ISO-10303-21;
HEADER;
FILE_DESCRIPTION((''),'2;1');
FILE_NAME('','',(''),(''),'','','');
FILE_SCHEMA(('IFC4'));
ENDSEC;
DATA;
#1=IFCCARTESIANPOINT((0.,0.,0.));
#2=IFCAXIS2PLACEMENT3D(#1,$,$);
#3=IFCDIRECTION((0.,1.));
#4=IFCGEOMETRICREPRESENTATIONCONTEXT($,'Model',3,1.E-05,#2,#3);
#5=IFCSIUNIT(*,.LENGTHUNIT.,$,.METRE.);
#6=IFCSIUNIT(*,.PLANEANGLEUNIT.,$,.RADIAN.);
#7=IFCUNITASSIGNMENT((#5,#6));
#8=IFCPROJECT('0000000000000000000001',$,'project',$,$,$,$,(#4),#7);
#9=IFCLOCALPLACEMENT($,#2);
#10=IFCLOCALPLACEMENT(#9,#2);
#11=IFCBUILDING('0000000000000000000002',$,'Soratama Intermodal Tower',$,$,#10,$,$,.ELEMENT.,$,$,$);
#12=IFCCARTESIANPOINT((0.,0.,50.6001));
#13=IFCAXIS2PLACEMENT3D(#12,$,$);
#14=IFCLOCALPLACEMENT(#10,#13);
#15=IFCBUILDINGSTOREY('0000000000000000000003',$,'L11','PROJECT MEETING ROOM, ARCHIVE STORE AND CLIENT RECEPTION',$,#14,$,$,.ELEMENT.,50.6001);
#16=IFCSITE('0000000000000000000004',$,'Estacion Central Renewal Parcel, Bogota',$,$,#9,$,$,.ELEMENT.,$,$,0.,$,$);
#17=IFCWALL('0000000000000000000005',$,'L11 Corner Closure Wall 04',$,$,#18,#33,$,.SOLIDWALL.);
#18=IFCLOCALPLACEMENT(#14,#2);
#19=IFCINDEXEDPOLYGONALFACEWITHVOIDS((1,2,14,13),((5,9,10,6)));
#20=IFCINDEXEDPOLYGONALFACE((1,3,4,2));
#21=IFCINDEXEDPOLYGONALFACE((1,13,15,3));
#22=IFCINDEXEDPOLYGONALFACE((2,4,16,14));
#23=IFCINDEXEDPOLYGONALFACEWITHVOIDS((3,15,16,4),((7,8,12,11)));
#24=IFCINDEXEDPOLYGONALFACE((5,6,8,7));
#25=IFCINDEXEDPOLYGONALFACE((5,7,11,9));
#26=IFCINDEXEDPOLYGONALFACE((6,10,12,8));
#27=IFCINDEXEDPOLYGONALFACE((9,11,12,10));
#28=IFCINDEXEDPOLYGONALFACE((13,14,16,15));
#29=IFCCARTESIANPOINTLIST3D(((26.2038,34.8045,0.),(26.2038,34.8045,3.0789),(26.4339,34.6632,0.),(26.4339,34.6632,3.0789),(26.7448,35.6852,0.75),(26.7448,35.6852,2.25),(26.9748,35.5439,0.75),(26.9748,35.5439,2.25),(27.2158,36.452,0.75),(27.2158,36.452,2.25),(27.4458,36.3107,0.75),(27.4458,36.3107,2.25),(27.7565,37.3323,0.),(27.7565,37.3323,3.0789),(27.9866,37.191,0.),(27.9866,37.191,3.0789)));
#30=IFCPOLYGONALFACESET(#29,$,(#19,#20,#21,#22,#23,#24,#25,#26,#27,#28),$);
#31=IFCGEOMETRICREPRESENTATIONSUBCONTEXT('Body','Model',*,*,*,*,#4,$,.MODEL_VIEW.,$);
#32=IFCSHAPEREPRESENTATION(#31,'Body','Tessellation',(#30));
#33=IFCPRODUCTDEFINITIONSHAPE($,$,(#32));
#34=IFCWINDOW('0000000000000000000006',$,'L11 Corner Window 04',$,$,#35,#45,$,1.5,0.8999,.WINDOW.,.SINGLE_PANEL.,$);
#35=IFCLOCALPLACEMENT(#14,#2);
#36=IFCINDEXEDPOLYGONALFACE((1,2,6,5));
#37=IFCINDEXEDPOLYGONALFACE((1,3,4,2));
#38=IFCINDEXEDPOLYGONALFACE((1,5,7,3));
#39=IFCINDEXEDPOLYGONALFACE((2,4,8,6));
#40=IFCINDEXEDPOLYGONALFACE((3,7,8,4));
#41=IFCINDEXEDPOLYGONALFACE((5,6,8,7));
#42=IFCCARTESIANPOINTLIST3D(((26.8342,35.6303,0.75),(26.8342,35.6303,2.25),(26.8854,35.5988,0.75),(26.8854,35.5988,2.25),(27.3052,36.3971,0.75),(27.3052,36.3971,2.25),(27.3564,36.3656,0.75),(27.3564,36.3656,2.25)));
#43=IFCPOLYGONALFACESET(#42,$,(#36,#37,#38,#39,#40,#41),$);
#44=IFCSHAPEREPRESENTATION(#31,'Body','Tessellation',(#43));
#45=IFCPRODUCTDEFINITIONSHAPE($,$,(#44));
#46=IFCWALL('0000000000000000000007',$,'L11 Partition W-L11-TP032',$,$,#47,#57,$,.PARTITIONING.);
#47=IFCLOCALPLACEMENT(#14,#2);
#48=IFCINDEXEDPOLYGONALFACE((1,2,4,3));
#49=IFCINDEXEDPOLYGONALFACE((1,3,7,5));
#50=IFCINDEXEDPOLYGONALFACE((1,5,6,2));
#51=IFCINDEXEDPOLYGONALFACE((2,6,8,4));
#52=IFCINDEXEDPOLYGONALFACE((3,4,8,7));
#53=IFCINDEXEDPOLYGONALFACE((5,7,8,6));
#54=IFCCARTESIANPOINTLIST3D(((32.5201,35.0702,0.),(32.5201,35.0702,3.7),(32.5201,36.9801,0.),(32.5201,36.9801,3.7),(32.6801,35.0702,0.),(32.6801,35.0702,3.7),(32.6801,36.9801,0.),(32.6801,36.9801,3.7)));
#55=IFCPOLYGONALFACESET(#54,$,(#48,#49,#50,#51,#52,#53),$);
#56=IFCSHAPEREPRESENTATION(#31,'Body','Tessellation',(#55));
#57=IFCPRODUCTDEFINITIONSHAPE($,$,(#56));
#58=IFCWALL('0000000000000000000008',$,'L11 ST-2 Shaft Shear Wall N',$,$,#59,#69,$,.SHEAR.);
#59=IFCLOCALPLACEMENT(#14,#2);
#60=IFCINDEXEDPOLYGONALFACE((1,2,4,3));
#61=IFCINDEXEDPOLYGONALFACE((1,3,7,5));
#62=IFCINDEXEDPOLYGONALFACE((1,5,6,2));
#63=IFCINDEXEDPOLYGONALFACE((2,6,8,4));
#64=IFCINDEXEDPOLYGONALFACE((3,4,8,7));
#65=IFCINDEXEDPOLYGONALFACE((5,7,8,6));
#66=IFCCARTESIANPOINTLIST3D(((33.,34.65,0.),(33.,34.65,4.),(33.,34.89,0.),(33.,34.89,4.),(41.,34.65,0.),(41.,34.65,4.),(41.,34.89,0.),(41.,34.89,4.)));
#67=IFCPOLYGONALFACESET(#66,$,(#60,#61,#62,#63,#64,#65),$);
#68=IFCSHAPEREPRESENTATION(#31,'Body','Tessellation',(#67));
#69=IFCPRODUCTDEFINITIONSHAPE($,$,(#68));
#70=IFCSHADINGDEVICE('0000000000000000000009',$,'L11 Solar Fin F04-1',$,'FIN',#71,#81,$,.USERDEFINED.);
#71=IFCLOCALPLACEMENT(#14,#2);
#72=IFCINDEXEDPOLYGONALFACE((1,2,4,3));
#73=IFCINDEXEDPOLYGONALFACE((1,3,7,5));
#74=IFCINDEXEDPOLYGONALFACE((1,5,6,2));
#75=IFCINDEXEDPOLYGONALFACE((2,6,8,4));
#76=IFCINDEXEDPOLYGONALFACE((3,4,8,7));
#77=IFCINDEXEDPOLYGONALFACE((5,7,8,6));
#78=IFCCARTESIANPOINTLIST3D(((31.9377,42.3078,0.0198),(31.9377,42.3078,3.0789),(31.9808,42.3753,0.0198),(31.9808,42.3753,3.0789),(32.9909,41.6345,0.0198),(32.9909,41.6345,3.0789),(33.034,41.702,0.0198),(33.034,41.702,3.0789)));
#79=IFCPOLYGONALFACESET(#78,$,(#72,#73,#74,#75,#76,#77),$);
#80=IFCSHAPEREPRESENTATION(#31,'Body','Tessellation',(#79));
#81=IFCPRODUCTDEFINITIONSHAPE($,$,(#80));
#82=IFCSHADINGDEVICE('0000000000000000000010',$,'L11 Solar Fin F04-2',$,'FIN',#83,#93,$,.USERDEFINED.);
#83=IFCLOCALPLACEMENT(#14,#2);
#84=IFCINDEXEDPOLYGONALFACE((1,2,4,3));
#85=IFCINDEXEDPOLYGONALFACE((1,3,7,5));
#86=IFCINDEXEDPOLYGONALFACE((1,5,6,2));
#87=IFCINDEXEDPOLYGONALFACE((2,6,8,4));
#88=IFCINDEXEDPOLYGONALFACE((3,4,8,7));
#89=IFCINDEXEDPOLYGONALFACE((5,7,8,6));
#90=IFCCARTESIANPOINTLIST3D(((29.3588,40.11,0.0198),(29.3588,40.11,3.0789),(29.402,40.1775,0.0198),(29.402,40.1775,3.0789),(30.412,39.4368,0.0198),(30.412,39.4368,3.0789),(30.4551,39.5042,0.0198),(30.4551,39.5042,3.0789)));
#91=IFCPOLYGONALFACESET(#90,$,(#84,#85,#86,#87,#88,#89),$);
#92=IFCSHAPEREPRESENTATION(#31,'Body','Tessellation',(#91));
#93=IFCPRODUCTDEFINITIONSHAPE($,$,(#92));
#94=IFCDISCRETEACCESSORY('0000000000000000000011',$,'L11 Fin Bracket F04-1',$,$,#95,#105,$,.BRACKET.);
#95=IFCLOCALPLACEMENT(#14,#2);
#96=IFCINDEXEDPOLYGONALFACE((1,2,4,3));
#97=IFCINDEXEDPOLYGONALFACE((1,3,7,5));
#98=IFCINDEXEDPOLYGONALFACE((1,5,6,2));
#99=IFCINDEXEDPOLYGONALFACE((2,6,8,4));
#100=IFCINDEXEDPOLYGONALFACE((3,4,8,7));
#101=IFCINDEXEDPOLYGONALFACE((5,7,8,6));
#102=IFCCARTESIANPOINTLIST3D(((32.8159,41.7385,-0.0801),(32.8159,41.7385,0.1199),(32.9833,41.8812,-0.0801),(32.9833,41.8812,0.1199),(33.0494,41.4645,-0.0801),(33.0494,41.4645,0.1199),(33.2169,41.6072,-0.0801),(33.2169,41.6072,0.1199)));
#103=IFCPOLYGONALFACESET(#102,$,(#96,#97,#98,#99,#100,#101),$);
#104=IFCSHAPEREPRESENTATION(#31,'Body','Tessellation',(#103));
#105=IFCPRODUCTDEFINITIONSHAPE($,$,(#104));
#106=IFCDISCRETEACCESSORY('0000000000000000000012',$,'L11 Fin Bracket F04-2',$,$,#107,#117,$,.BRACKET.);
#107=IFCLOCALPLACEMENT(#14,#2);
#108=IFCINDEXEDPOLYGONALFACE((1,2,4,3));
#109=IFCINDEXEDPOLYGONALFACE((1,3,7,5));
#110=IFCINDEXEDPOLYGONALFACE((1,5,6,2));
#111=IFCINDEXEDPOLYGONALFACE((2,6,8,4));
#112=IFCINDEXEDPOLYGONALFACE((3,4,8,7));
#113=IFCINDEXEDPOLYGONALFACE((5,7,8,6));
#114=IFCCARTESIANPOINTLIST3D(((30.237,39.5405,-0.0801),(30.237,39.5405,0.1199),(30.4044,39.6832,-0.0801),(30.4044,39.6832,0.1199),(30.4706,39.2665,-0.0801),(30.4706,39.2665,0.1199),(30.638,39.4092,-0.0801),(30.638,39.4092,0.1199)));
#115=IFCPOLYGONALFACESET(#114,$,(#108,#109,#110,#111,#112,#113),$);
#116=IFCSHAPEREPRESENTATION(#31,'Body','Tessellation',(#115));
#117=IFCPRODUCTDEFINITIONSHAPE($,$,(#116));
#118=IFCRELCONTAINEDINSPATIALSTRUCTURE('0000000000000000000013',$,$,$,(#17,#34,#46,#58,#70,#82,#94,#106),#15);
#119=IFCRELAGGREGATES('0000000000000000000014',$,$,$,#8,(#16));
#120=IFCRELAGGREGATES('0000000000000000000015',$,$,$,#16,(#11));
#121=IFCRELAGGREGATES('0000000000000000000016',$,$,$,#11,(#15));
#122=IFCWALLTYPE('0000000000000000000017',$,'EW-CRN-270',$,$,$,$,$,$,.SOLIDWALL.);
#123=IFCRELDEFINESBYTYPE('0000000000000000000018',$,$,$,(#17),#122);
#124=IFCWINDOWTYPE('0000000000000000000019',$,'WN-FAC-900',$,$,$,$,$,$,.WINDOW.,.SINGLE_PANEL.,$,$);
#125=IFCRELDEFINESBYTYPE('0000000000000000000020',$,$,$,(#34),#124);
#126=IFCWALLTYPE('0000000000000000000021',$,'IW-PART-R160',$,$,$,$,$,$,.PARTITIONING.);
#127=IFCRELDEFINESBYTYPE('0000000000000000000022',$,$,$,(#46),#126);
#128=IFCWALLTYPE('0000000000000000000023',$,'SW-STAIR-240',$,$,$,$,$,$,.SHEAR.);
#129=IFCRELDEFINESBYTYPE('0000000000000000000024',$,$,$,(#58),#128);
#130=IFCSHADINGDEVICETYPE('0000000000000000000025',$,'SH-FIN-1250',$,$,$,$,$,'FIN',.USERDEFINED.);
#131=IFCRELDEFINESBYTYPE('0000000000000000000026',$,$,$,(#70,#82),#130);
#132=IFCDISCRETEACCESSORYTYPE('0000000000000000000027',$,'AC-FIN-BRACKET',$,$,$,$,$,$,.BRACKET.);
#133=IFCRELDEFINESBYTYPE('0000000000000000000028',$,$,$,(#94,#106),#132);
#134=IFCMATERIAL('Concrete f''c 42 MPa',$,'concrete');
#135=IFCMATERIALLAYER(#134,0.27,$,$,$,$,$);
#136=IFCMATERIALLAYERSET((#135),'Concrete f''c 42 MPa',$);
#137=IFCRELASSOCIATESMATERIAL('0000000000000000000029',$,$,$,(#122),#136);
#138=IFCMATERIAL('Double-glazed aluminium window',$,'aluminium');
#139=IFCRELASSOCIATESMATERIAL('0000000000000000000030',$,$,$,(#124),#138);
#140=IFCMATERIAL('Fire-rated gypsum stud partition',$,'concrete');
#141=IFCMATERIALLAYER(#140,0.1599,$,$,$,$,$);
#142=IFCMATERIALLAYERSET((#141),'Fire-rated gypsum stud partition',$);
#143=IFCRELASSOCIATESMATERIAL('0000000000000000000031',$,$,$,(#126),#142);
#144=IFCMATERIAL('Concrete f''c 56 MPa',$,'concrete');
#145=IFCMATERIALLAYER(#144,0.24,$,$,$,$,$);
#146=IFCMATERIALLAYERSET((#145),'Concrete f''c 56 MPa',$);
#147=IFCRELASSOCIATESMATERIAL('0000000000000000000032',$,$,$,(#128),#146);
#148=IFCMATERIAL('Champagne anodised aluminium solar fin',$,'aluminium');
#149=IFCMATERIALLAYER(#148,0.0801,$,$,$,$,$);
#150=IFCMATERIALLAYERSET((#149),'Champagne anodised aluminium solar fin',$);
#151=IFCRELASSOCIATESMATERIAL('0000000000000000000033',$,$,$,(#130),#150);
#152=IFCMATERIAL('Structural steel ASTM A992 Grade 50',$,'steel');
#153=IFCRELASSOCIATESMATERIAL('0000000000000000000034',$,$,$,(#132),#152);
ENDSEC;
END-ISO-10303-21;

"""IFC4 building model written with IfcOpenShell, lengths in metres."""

from ifc_helpers import new_model, si_unit, direction, frame, frame_2d, origin, origin_2d, place, context, subcontext, project, spatial, rectangle, extrude, material, layer, layer_set, type_object, element, fill, save


model = new_model("IFC4")

# Units and contexts
model_context = context("Model", 3, precision=1e-05, world=origin(), true_north=direction((0.0, 1.0)))
body_context = subcontext(model_context, "Body", "Model", "MODEL_VIEW")
ifc_project = project(units=[si_unit("LENGTHUNIT", "METRE"), si_unit("PLANEANGLEUNIT", "RADIAN")], contexts=[model_context])

# Site, building, storey
site_placement = place(None, origin())
site = spatial("IfcSite", under=ifc_project, at=site_placement, Name="Estacion Central Renewal Parcel, Bogota", CompositionType="ELEMENT", RefElevation=0.0)
building_placement = place(site_placement, origin())
building = spatial("IfcBuilding", under=site, at=building_placement, Name="Soratama Intermodal Tower", CompositionType="ELEMENT")
storey_placement = place(building_placement, frame((0.0, 0.0, 50.6001)))
storey = spatial("IfcBuildingStorey", under=building, at=storey_placement, Name="L11", Description="PROJECT MEETING ROOM, ARCHIVE STORE AND CLIENT RECEPTION", CompositionType="ELEMENT", Elevation=50.6001)

# Wall, opening, window
ifc_material_1 = material(Name="Concrete f'c 42 MPa", Category="concrete")
ifc_layer_1 = layer(ifc_material_1, 0.27)
ifc_layer_set_1 = layer_set([ifc_layer_1], Name="Concrete f'c 42 MPa")
wall_type_1 = type_object("IfcWallType", Name="EW-CRN-270", PredefinedType="SOLIDWALL", material=ifc_layer_set_1)
wall_1_placement = place(storey_placement, frame((27.8716, 37.2617, 0.0), z_axis=(0.0, 0.0, 1.0), x_axis=(-0.523399, -0.852088, 0.0)))
wall_1 = element("IfcWall", 1, at=wall_1_placement, inside=storey, type_object=wall_type_1, Name="L11 Corner Closure Wall 04", PredefinedType="SOLIDWALL", context=body_context, shape_type="SweptSolid", body=[
    extrude(rectangle(XDim=2.9666, YDim=0.27, at=frame_2d((1.4834, 0.0))), origin(), (0.0, 0.0, 1.0), 3.0789),
])
opening_1_placement = place(wall_1_placement, frame((1.0332, 0.0, 0.75)))
opening_1 = element("IfcOpeningElement", 2, at=opening_1_placement, cuts=wall_1, PredefinedType="OPENING", context=body_context, shape_type="SweptSolid", body=[
    extrude(rectangle(XDim=0.8999, YDim=1.5, at=frame_2d((0.45, 0.75))), frame((0.0, 0.145, 0.0), z_axis=(0.0, -1.0, 0.0), x_axis=(1.0, 0.0, 0.0)), (0.0, 0.0, 1.0), 0.29),
])
ifc_material_2 = material(Name="Double-glazed aluminium window", Category="aluminium")
window_type_1 = type_object("IfcWindowType", Name="WN-FAC-900", PartitioningType="SINGLE_PANEL", PredefinedType="WINDOW", material=ifc_material_2)
window_1_placement = place(opening_1_placement, origin())
window_1 = element("IfcWindow", 3, at=window_1_placement, inside=storey, type_object=window_type_1, Name="L11 Corner Window 04", OverallHeight=1.5, OverallWidth=0.8999, PartitioningType="SINGLE_PANEL", PredefinedType="WINDOW", context=body_context, shape_type="SweptSolid", body=[
    extrude(rectangle(XDim=0.8999, YDim=1.5, at=frame_2d((0.45, 0.75))), frame((0.0, 0.03, 0.0), z_axis=(0.0, -1.0, 0.0), x_axis=(1.0, 0.0, 0.0)), (0.0, 0.0, 1.0), 0.0601),
])
fill(opening_1, window_1)

# Shared definitions
ifc_material_3 = material(Name="Fire-rated gypsum stud partition", Category="concrete")
ifc_layer_2 = layer(ifc_material_3, 0.1599)
ifc_layer_set_2 = layer_set([ifc_layer_2], Name="Fire-rated gypsum stud partition")
wall_type_2 = type_object("IfcWallType", Name="IW-PART-R160", PredefinedType="PARTITIONING", material=ifc_layer_set_2)

# Walls
wall_2_placement = place(storey_placement, frame((32.6001, 35.0701, 0.0), z_axis=(0.0, 0.0, 1.0), x_axis=(0.0, 1.0, 0.0)))
element("IfcWall", 4, at=wall_2_placement, inside=storey, type_object=wall_type_2, Name="L11 Partition W-L11-TP032", PredefinedType="PARTITIONING", context=body_context, shape_type="SweptSolid", body=[
    extrude(rectangle(XDim=1.9099, YDim=0.1599, at=frame_2d((0.9551, 0.0))), origin(), (0.0, 0.0, 1.0), 3.7),
])
ifc_material_4 = material(Name="Concrete f'c 56 MPa", Category="concrete")
ifc_layer_3 = layer(ifc_material_4, 0.24)
ifc_layer_set_3 = layer_set([ifc_layer_3], Name="Concrete f'c 56 MPa")
wall_type_3 = type_object("IfcWallType", Name="SW-STAIR-240", PredefinedType="SHEAR", material=ifc_layer_set_3)
wall_3_placement = place(storey_placement, frame((33.0, 34.77, 0.0), z_axis=(0.0, 0.0, 1.0), x_axis=(1.0, 0.0, 0.0)))
element("IfcWall", 5, at=wall_3_placement, inside=storey, type_object=wall_type_3, Name="L11 ST-2 Shaft Shear Wall N", PredefinedType="SHEAR", context=body_context, shape_type="SweptSolid", body=[
    extrude(rectangle(XDim=8.0, YDim=0.24, at=frame_2d((4.0, 0.0))), origin(), (0.0, 0.0, 1.0), 4.0),
])

# Shading devices
ifc_material_5 = material(Name="Champagne anodised aluminium solar fin", Category="aluminium")
ifc_layer_4 = layer(ifc_material_5, 0.0801)
ifc_layer_set_4 = layer_set([ifc_layer_4], Name="Champagne anodised aluminium solar fin")
shading_device_type = type_object("IfcShadingDeviceType", Name="SH-FIN-1250", ElementType="FIN", PredefinedType="USERDEFINED", material=ifc_layer_set_4)
for number, where, z_axis, x_axis, name in (
    (6, (32.4858, 42.0049, 0.0198), (0.0, 0.0, 1.0), (-0.842546, 0.538624, 0.0), "L11 Solar Fin F04-1"),
    (7, (29.907, 39.8071, 0.0198), (0.0, 0.0, 1.0), (-0.842546, 0.538624, 0.0), "L11 Solar Fin F04-2"),
):
    element("IfcShadingDevice", number, at=place(storey_placement, frame(where, z_axis=z_axis, x_axis=x_axis)), inside=storey, type_object=shading_device_type, Name=name, ObjectType="FIN", PredefinedType="USERDEFINED", context=body_context, shape_type="SweptSolid", body=[
        extrude(rectangle(XDim=1.25, YDim=0.0801, at=origin_2d()), origin(), (0.0, 0.0, 1.0), 3.0591),
    ])

# Discrete accessories
ifc_material_6 = material(Name="Structural steel ASTM A992 Grade 50", Category="steel")
discrete_accessory_type = type_object("IfcDiscreteAccessoryType", Name="AC-FIN-BRACKET", PredefinedType="BRACKET", material=ifc_material_6)
for number, where, z_axis, x_axis, name in (
    (8, (33.0164, 41.6729, -0.0801), (0.0, 0.0, 1.0), (-0.648651, 0.761086, 0.0), "L11 Fin Bracket F04-1"),
    (9, (30.4375, 39.4749, -0.0801), (0.0, 0.0, 1.0), (-0.648651, 0.761086, 0.0), "L11 Fin Bracket F04-2"),
):
    element("IfcDiscreteAccessory", number, at=place(storey_placement, frame(where, z_axis=z_axis, x_axis=x_axis)), inside=storey, type_object=discrete_accessory_type, Name=name, PredefinedType="BRACKET", context=body_context, shape_type="SweptSolid", body=[
        extrude(rectangle(XDim=0.3601, YDim=0.22, at=origin_2d()), origin(), (0.0, 0.0, 1.0), 0.2),
    ])

save(model, "model.ifc")
